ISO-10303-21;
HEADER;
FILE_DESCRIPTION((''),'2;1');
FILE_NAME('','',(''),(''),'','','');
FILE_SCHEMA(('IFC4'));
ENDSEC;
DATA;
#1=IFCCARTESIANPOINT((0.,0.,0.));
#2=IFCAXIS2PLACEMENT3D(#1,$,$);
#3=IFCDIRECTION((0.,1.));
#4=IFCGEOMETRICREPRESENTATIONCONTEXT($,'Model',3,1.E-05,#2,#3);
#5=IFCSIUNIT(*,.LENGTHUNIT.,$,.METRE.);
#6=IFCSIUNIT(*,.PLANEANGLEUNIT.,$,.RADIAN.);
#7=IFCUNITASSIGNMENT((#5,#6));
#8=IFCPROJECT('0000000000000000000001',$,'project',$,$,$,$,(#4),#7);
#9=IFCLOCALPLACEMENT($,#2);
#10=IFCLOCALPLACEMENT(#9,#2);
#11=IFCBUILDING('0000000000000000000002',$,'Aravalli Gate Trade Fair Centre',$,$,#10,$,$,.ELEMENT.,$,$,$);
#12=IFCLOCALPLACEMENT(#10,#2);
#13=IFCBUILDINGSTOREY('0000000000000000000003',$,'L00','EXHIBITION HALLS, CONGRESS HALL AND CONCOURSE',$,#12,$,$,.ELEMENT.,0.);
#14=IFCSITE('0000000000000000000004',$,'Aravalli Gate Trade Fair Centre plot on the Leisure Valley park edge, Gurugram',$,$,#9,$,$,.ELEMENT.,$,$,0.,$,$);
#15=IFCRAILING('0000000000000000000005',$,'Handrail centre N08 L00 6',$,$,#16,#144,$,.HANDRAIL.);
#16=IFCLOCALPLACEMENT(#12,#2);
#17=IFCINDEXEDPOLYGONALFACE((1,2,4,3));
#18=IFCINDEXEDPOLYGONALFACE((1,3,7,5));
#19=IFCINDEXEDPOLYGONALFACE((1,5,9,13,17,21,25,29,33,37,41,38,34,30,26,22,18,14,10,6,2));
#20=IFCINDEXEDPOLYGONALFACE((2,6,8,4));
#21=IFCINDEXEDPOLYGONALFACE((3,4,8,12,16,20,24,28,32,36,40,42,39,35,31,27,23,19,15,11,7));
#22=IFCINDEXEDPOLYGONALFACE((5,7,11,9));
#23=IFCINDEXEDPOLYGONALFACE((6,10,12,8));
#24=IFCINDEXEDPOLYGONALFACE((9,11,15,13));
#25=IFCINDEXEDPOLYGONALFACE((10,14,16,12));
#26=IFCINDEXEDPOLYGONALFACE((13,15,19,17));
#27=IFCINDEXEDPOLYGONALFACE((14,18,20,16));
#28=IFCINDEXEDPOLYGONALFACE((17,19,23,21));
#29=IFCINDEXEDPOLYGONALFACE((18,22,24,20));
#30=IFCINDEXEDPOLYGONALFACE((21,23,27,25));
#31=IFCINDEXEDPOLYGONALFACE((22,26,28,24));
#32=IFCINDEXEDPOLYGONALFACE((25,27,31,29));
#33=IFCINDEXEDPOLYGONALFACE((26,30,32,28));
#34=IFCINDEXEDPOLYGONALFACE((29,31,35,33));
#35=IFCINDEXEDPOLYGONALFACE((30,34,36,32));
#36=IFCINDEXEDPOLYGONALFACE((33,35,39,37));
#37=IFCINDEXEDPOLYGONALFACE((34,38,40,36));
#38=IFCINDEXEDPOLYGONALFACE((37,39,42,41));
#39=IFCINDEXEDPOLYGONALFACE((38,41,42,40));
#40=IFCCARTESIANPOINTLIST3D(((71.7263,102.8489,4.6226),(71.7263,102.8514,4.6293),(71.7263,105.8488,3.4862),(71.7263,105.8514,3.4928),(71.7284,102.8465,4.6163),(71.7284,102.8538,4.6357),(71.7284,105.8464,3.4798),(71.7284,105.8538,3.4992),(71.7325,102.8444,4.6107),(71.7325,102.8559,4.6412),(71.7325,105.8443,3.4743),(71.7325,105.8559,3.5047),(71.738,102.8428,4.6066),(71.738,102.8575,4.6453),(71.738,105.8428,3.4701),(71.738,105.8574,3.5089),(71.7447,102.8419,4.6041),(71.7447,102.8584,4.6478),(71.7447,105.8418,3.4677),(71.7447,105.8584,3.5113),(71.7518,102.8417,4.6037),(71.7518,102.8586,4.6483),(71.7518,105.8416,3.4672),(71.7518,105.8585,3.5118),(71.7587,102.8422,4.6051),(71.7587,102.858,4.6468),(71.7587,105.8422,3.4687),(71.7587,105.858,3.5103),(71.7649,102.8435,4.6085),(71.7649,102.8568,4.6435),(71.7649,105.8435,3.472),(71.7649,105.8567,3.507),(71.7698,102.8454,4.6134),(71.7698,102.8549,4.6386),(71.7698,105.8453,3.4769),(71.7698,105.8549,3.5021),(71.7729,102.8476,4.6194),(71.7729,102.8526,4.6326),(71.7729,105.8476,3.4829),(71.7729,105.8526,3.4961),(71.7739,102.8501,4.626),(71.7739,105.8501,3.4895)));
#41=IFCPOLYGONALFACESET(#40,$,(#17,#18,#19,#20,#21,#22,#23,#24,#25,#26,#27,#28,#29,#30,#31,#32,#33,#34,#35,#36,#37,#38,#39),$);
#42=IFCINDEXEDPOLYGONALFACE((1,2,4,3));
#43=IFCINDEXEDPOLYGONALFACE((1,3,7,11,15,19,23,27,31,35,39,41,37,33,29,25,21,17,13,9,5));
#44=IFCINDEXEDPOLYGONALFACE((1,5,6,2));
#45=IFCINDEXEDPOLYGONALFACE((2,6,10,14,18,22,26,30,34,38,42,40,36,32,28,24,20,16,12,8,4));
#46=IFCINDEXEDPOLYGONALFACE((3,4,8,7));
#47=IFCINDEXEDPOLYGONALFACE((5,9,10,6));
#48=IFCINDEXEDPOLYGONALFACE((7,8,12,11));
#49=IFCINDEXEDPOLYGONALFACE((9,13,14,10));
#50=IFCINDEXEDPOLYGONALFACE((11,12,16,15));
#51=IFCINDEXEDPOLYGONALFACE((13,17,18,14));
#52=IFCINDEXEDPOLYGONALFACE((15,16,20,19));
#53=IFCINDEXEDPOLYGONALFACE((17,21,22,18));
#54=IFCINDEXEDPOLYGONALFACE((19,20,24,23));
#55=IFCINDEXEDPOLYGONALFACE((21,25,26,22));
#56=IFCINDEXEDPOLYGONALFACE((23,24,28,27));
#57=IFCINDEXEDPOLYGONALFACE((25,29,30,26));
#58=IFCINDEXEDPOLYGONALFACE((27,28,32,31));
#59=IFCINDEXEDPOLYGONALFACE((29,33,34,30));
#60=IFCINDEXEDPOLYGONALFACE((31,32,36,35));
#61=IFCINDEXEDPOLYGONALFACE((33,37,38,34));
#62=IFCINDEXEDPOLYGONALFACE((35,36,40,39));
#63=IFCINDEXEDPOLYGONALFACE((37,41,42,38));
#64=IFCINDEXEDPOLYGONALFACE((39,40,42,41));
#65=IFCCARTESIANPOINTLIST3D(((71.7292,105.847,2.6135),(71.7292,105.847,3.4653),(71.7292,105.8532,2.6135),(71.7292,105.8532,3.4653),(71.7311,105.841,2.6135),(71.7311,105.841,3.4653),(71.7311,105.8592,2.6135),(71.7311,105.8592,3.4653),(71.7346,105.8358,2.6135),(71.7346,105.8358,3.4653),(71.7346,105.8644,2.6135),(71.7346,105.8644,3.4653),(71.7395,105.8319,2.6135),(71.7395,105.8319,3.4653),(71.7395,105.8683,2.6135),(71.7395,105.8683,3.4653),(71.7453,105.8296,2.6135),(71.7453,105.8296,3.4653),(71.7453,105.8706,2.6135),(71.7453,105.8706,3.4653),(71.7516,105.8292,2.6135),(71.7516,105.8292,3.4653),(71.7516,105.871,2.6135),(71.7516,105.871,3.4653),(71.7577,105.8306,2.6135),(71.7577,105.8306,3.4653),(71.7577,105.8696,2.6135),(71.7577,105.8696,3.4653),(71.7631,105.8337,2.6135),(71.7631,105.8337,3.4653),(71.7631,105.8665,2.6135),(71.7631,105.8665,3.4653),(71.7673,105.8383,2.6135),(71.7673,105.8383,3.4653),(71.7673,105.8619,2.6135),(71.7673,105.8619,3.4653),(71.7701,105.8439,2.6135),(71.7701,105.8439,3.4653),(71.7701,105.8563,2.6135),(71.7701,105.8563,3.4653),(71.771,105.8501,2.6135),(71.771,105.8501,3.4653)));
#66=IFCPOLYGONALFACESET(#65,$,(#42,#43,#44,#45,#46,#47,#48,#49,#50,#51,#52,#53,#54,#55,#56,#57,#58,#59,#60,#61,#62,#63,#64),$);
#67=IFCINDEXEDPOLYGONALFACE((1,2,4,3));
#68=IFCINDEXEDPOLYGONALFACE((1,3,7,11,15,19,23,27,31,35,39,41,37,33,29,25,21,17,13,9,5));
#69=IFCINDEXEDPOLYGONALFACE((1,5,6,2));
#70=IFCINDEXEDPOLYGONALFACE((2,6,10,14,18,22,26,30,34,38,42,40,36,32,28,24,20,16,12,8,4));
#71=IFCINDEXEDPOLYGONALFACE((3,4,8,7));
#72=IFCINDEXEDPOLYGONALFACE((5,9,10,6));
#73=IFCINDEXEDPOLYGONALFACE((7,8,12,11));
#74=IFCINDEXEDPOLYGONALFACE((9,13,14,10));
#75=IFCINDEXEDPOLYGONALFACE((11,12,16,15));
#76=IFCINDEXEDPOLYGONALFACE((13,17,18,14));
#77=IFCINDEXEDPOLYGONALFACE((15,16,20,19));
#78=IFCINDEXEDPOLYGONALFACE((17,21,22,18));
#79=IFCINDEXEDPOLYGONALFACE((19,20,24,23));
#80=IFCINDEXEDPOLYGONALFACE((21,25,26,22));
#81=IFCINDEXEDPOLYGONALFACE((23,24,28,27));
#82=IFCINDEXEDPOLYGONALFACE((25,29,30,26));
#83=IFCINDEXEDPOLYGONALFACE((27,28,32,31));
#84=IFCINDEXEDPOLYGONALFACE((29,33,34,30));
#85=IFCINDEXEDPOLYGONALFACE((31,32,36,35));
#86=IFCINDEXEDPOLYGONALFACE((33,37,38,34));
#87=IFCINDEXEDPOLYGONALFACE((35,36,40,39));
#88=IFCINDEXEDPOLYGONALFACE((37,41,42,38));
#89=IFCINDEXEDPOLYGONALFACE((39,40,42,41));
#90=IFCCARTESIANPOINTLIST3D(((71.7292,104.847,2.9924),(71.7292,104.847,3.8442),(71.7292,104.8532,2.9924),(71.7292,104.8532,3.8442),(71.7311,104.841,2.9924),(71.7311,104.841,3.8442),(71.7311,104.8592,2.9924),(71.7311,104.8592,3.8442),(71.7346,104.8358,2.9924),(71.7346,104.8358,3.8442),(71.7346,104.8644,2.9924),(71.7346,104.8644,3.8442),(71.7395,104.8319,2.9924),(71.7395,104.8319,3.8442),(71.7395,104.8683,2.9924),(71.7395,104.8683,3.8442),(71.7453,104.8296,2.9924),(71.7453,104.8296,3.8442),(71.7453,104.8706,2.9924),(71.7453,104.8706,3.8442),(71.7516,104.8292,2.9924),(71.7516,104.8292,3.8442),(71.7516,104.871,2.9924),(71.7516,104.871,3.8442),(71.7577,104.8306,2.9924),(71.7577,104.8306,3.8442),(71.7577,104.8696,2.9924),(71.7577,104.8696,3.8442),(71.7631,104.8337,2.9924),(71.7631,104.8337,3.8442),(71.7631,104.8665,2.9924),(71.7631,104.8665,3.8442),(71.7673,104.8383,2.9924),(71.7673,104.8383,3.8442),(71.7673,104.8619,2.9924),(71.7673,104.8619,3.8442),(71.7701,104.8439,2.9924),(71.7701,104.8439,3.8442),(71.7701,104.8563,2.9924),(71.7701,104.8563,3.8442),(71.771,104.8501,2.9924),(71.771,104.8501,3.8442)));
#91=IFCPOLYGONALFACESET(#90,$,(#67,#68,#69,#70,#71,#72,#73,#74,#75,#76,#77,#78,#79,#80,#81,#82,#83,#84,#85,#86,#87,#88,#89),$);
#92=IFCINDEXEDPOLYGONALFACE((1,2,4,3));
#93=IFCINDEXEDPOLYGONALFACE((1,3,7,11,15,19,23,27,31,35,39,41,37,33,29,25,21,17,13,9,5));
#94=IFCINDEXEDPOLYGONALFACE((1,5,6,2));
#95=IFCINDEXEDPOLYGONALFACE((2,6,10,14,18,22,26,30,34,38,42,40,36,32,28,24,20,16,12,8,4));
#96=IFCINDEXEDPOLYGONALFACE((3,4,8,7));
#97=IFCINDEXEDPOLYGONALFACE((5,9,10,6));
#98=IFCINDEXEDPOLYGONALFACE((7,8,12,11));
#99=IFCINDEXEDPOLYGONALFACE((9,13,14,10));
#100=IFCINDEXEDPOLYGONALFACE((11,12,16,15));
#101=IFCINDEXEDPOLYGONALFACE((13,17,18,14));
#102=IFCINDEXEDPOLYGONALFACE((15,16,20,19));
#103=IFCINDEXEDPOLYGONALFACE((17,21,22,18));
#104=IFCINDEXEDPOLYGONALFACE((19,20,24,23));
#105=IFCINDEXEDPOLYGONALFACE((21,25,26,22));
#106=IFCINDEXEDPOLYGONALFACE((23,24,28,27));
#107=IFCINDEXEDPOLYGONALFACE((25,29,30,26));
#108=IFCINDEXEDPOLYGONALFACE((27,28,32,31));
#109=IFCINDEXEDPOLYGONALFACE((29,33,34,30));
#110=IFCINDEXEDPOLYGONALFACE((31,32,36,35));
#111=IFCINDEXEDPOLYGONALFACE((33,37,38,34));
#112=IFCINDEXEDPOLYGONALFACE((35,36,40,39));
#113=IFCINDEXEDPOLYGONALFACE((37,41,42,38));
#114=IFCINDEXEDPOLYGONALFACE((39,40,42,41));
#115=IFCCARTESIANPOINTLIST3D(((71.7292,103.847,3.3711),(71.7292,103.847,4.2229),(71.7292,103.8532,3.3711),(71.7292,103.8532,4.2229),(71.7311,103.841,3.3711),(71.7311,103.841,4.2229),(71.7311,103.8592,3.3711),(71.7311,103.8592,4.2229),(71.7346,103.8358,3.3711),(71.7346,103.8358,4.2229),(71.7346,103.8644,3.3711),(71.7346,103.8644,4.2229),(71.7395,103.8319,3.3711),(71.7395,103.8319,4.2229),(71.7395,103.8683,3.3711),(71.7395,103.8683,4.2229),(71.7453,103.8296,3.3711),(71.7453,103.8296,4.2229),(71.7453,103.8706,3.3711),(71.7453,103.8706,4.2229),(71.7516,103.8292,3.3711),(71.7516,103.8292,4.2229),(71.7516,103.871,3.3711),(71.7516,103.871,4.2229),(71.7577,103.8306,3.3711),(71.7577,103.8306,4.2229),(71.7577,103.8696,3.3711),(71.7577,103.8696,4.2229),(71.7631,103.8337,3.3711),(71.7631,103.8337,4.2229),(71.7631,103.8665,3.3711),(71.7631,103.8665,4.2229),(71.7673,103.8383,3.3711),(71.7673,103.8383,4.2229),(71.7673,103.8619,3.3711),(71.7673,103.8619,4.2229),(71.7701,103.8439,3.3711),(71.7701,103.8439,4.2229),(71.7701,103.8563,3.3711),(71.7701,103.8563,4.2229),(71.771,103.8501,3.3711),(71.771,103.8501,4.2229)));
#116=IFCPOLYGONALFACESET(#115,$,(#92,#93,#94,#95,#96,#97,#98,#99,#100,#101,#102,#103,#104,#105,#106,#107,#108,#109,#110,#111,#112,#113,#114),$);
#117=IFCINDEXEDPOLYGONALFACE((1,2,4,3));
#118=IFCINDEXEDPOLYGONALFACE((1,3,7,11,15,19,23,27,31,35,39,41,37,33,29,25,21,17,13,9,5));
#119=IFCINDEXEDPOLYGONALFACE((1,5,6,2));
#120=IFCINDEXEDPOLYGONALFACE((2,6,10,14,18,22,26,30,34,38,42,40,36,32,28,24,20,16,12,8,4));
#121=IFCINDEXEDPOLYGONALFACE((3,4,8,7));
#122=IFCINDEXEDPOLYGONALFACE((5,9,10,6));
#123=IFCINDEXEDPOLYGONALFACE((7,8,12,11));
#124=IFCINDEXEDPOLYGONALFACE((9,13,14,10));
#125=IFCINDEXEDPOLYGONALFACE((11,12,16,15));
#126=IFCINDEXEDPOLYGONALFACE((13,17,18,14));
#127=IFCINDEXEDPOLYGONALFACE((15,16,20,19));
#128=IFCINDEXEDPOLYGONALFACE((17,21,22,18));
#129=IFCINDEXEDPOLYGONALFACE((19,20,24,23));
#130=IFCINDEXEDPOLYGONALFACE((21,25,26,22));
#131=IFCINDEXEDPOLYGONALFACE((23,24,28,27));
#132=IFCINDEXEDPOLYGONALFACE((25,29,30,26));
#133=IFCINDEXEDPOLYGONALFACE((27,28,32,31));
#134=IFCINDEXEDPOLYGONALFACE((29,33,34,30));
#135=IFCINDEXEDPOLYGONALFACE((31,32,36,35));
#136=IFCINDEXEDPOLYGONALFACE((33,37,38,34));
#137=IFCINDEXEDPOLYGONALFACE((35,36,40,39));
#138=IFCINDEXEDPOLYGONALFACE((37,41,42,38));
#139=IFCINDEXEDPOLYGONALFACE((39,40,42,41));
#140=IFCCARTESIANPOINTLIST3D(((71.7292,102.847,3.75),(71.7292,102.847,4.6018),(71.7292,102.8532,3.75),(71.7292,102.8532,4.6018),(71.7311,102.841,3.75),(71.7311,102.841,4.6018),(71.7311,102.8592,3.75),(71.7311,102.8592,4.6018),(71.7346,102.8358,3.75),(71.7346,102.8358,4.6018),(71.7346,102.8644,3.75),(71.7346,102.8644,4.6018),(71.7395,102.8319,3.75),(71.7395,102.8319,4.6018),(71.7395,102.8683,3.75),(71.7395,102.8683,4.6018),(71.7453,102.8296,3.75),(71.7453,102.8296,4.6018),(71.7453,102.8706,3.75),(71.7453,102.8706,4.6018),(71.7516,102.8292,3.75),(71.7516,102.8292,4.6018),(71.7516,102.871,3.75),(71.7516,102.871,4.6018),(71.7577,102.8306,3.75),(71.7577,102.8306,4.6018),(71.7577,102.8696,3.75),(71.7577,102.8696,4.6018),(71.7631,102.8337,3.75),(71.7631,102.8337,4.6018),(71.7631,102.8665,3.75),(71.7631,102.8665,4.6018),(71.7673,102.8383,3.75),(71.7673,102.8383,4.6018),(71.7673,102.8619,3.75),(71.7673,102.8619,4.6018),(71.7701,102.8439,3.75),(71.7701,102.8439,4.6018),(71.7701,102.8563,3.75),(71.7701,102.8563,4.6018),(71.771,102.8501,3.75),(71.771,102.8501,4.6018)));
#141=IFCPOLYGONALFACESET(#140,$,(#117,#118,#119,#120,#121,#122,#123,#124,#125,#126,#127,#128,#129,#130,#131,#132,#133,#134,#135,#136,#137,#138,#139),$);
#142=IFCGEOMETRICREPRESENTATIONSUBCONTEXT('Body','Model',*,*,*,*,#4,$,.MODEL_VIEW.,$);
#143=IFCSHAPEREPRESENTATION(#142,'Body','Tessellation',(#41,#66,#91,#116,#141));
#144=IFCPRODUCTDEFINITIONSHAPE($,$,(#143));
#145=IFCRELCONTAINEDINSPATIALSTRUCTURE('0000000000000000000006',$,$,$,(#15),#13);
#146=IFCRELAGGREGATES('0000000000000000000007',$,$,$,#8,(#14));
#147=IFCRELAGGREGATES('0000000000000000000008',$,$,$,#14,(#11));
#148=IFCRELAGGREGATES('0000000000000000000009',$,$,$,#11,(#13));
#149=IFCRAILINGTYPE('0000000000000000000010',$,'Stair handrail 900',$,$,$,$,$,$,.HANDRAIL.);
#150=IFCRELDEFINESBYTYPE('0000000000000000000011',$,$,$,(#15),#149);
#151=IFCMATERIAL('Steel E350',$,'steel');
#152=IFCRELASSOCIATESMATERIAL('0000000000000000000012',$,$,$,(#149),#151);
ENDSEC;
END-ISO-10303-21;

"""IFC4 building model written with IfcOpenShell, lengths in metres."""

from ifc_helpers import new_model, si_unit, direction, frame, origin, origin_2d, place, context, subcontext, project, spatial, circle, extrude, material, type_object, element, save


model = new_model("IFC4")

# Units and contexts
model_context = context("Model", 3, precision=1e-05, world=origin(), true_north=direction((0.0, 1.0)))
body_context = subcontext(model_context, "Body", "Model", "MODEL_VIEW")
ifc_project = project(units=[si_unit("LENGTHUNIT", "METRE"), si_unit("PLANEANGLEUNIT", "RADIAN")], contexts=[model_context])

# Site, building, storey
site_placement = place(None, origin())
site = spatial("IfcSite", under=ifc_project, at=site_placement, Name="Aravalli Gate Trade Fair Centre plot on the Leisure Valley park edge, Gurugram", CompositionType="ELEMENT", RefElevation=0.0)
building_placement = place(site_placement, origin())
building = spatial("IfcBuilding", under=site, at=building_placement, Name="Aravalli Gate Trade Fair Centre", CompositionType="ELEMENT")
storey_placement = place(building_placement, origin())
storey = spatial("IfcBuildingStorey", under=building, at=storey_placement, Name="L00", Description="EXHIBITION HALLS, CONGRESS HALL AND CONCOURSE", CompositionType="ELEMENT", Elevation=0.0)

# Shared definitions
ifc_material_1 = material(Name="Steel E350", Category="steel")

# Railing
railing_type = type_object("IfcRailingType", Name="Stair handrail 900", PredefinedType="HANDRAIL", material=ifc_material_1)
for number, where, name in (
    (1, (71.75, 105.8501, 2.6135), "Handrail centre N08 L00 6"),
):
    element("IfcRailing", number, at=place(storey_placement, frame(where)), inside=storey, type_object=railing_type, Name=name, PredefinedType="HANDRAIL", context=body_context, shape_type="SweptSolid", body=[
        extrude(circle(Radius=0.0239, at=origin_2d()), frame((0.0, 0.0, 0.876), z_axis=(0.0, -0.935148, 0.354257), x_axis=(1.0, 0.0, 0.0)), (0.0, 0.0, 1.0), 3.208),
        extrude(circle(Radius=0.021, at=origin_2d()), origin(), (0.0, 0.0, 1.0), 0.8518),
        extrude(circle(Radius=0.021, at=origin_2d()), frame((0.0, -1.0, 0.3789)), (0.0, 0.0, 1.0), 0.8518),
        extrude(circle(Radius=0.021, at=origin_2d()), frame((0.0, -2.0, 0.7576)), (0.0, 0.0, 1.0), 0.8518),
        extrude(circle(Radius=0.021, at=origin_2d()), frame((0.0, -3.0, 1.1365)), (0.0, 0.0, 1.0), 0.8518),
    ])

save(model, "model.ifc")
